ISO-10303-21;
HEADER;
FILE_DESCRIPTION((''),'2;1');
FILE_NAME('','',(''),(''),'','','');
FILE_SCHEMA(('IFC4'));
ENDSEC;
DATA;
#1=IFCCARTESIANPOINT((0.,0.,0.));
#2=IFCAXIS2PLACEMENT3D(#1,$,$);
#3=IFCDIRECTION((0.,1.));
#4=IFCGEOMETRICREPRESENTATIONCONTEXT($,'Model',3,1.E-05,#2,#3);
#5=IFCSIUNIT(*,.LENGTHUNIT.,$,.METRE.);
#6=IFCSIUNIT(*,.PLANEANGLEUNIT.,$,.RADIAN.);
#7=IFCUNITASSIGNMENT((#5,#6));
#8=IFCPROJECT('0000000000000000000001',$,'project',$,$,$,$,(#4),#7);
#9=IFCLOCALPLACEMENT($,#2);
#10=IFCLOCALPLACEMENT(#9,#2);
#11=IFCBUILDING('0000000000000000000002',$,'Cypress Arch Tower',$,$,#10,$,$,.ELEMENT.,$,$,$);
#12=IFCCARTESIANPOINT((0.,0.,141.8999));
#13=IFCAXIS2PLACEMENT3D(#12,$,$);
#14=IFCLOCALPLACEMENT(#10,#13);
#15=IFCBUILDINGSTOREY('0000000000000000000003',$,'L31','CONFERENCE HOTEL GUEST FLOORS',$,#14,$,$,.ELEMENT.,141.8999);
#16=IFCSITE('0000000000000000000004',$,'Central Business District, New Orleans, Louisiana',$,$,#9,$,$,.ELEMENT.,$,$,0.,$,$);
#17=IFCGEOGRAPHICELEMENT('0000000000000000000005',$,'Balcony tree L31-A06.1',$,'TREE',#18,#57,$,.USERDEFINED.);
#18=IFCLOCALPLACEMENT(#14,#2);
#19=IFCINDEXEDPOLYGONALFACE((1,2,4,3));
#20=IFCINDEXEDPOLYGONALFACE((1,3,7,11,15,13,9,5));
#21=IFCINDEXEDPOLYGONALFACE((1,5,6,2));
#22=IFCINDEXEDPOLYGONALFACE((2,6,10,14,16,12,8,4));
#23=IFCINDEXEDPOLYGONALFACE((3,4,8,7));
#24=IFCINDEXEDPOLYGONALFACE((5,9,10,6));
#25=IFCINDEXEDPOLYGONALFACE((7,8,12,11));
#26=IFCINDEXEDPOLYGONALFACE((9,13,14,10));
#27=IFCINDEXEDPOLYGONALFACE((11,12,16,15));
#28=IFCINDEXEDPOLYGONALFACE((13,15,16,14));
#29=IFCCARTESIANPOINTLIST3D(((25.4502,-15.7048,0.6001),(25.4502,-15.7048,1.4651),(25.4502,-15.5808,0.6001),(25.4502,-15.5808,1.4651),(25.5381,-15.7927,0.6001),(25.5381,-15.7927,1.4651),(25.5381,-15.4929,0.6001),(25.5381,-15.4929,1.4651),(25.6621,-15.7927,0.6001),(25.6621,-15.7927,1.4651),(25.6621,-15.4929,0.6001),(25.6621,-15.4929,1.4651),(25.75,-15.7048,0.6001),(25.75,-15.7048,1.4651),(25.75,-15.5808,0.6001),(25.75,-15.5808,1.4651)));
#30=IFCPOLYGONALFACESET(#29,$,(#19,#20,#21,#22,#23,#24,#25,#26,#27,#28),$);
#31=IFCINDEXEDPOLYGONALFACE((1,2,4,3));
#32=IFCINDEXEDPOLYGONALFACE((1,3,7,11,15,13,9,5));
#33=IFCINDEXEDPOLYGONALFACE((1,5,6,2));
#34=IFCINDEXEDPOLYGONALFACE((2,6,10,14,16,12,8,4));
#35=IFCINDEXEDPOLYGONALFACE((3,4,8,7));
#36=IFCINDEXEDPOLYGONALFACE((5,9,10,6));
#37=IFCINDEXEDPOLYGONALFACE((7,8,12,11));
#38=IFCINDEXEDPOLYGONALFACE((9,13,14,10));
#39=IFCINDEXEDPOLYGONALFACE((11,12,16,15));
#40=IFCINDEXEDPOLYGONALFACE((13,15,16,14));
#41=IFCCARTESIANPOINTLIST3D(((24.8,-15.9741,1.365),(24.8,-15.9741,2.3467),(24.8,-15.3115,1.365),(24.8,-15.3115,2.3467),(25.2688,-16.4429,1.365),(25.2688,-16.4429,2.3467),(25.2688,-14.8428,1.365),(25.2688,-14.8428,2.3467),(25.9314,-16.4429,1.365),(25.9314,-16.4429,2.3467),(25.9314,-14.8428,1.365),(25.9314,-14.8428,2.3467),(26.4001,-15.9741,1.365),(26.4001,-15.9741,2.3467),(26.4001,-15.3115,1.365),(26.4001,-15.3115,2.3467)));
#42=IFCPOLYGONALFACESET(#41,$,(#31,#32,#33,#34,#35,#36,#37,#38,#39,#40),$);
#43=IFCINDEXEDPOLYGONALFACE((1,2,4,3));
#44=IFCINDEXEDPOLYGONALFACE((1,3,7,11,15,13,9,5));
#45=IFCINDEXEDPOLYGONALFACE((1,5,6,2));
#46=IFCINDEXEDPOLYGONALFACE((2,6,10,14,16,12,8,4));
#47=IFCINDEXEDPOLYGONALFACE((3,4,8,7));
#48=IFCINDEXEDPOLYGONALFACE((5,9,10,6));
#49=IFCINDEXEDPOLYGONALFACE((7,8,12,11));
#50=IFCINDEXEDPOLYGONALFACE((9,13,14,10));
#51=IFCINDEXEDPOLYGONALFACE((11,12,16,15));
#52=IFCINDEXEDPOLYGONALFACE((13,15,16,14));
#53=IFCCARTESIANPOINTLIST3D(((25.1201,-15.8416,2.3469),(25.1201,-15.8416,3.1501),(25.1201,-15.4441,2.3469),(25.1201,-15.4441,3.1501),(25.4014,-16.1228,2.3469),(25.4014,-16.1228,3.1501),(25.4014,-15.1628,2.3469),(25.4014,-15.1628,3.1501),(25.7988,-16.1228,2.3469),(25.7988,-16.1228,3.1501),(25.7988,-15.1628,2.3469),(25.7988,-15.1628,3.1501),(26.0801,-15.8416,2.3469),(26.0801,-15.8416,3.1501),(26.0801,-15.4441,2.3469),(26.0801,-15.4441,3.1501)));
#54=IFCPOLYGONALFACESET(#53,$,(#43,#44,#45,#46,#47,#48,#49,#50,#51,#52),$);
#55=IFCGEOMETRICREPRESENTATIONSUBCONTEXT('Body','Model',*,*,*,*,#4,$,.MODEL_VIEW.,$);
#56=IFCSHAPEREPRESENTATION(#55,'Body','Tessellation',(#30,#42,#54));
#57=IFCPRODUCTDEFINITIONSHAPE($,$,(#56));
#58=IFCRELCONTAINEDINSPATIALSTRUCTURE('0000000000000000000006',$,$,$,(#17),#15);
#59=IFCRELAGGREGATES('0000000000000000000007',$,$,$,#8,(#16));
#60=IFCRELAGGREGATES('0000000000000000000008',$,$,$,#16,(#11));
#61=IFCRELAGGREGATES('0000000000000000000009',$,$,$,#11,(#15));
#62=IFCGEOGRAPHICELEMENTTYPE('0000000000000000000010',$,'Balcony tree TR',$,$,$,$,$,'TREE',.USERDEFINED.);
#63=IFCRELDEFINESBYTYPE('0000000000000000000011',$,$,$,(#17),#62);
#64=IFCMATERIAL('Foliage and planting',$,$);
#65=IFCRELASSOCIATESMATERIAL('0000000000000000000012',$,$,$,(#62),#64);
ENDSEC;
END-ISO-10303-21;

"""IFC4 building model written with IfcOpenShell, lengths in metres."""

from ifc_helpers import new_model, si_unit, direction, frame, origin, place, context, subcontext, project, spatial, polyline, outline, extrude, material, type_object, element, save


model = new_model("IFC4")

# Units and contexts
model_context = context("Model", 3, precision=1e-05, world=origin(), true_north=direction((0.0, 1.0)))
body_context = subcontext(model_context, "Body", "Model", "MODEL_VIEW")
ifc_project = project(units=[si_unit("LENGTHUNIT", "METRE"), si_unit("PLANEANGLEUNIT", "RADIAN")], contexts=[model_context])

# Site, building, storey
site_placement = place(None, origin())
site = spatial("IfcSite", under=ifc_project, at=site_placement, Name="Central Business District, New Orleans, Louisiana", CompositionType="ELEMENT", RefElevation=0.0)
building_placement = place(site_placement, origin())
building = spatial("IfcBuilding", under=site, at=building_placement, Name="Cypress Arch Tower", CompositionType="ELEMENT")
storey_placement = place(building_placement, frame((0.0, 0.0, 141.8999)))
storey = spatial("IfcBuildingStorey", under=building, at=storey_placement, Name="L31", Description="CONFERENCE HOTEL GUEST FLOORS", CompositionType="ELEMENT", Elevation=141.8999)

# Geographic element
ifc_material_1 = material(Name="Foliage and planting")
geographic_element_type = type_object("IfcGeographicElementType", Name="Balcony tree TR", ElementType="TREE", PredefinedType="USERDEFINED", material=ifc_material_1)
geographic_element_placement = place(storey_placement, frame((25.6001, -15.6428, 0.6001), z_axis=(0.0, 0.0, 1.0), x_axis=(1.0, 0.0, 0.0)))
element("IfcGeographicElement", 1, at=geographic_element_placement, inside=storey, type_object=geographic_element_type, Name="Balcony tree L31-A06.1", ObjectType="TREE", PredefinedType="USERDEFINED", context=body_context, shape_type="SweptSolid", body=[
    extrude(outline(polyline([(0.1499, 0.062), (0.062, 0.1499), (-0.062, 0.1499), (-0.1499, 0.062), (-0.1499, -0.062), (-0.062, -0.1499), (0.062, -0.1499), (0.1499, -0.062), (0.1499, 0.062)])), origin(), (0.0, 0.0, 1.0), 0.865),
    extrude(outline(polyline([(0.8, 0.3313), (0.3313, 0.8), (-0.3313, 0.8), (-0.8, 0.3313), (-0.8, -0.3313), (-0.3313, -0.8), (0.3313, -0.8), (0.8, -0.3313), (0.8, 0.3313)])), frame((0.0, 0.0, 0.7649)), (0.0, 0.0, 1.0), 0.9817),
    extrude(outline(polyline([(0.48, 0.1987), (0.1987, 0.48), (-0.1987, 0.48), (-0.48, 0.1987), (-0.48, -0.1987), (-0.1987, -0.48), (0.1987, -0.48), (0.48, -0.1987), (0.48, 0.1987)])), frame((0.0, 0.0, 1.7468)), (0.0, 0.0, 1.0), 0.8032),
])

save(model, "model.ifc")
